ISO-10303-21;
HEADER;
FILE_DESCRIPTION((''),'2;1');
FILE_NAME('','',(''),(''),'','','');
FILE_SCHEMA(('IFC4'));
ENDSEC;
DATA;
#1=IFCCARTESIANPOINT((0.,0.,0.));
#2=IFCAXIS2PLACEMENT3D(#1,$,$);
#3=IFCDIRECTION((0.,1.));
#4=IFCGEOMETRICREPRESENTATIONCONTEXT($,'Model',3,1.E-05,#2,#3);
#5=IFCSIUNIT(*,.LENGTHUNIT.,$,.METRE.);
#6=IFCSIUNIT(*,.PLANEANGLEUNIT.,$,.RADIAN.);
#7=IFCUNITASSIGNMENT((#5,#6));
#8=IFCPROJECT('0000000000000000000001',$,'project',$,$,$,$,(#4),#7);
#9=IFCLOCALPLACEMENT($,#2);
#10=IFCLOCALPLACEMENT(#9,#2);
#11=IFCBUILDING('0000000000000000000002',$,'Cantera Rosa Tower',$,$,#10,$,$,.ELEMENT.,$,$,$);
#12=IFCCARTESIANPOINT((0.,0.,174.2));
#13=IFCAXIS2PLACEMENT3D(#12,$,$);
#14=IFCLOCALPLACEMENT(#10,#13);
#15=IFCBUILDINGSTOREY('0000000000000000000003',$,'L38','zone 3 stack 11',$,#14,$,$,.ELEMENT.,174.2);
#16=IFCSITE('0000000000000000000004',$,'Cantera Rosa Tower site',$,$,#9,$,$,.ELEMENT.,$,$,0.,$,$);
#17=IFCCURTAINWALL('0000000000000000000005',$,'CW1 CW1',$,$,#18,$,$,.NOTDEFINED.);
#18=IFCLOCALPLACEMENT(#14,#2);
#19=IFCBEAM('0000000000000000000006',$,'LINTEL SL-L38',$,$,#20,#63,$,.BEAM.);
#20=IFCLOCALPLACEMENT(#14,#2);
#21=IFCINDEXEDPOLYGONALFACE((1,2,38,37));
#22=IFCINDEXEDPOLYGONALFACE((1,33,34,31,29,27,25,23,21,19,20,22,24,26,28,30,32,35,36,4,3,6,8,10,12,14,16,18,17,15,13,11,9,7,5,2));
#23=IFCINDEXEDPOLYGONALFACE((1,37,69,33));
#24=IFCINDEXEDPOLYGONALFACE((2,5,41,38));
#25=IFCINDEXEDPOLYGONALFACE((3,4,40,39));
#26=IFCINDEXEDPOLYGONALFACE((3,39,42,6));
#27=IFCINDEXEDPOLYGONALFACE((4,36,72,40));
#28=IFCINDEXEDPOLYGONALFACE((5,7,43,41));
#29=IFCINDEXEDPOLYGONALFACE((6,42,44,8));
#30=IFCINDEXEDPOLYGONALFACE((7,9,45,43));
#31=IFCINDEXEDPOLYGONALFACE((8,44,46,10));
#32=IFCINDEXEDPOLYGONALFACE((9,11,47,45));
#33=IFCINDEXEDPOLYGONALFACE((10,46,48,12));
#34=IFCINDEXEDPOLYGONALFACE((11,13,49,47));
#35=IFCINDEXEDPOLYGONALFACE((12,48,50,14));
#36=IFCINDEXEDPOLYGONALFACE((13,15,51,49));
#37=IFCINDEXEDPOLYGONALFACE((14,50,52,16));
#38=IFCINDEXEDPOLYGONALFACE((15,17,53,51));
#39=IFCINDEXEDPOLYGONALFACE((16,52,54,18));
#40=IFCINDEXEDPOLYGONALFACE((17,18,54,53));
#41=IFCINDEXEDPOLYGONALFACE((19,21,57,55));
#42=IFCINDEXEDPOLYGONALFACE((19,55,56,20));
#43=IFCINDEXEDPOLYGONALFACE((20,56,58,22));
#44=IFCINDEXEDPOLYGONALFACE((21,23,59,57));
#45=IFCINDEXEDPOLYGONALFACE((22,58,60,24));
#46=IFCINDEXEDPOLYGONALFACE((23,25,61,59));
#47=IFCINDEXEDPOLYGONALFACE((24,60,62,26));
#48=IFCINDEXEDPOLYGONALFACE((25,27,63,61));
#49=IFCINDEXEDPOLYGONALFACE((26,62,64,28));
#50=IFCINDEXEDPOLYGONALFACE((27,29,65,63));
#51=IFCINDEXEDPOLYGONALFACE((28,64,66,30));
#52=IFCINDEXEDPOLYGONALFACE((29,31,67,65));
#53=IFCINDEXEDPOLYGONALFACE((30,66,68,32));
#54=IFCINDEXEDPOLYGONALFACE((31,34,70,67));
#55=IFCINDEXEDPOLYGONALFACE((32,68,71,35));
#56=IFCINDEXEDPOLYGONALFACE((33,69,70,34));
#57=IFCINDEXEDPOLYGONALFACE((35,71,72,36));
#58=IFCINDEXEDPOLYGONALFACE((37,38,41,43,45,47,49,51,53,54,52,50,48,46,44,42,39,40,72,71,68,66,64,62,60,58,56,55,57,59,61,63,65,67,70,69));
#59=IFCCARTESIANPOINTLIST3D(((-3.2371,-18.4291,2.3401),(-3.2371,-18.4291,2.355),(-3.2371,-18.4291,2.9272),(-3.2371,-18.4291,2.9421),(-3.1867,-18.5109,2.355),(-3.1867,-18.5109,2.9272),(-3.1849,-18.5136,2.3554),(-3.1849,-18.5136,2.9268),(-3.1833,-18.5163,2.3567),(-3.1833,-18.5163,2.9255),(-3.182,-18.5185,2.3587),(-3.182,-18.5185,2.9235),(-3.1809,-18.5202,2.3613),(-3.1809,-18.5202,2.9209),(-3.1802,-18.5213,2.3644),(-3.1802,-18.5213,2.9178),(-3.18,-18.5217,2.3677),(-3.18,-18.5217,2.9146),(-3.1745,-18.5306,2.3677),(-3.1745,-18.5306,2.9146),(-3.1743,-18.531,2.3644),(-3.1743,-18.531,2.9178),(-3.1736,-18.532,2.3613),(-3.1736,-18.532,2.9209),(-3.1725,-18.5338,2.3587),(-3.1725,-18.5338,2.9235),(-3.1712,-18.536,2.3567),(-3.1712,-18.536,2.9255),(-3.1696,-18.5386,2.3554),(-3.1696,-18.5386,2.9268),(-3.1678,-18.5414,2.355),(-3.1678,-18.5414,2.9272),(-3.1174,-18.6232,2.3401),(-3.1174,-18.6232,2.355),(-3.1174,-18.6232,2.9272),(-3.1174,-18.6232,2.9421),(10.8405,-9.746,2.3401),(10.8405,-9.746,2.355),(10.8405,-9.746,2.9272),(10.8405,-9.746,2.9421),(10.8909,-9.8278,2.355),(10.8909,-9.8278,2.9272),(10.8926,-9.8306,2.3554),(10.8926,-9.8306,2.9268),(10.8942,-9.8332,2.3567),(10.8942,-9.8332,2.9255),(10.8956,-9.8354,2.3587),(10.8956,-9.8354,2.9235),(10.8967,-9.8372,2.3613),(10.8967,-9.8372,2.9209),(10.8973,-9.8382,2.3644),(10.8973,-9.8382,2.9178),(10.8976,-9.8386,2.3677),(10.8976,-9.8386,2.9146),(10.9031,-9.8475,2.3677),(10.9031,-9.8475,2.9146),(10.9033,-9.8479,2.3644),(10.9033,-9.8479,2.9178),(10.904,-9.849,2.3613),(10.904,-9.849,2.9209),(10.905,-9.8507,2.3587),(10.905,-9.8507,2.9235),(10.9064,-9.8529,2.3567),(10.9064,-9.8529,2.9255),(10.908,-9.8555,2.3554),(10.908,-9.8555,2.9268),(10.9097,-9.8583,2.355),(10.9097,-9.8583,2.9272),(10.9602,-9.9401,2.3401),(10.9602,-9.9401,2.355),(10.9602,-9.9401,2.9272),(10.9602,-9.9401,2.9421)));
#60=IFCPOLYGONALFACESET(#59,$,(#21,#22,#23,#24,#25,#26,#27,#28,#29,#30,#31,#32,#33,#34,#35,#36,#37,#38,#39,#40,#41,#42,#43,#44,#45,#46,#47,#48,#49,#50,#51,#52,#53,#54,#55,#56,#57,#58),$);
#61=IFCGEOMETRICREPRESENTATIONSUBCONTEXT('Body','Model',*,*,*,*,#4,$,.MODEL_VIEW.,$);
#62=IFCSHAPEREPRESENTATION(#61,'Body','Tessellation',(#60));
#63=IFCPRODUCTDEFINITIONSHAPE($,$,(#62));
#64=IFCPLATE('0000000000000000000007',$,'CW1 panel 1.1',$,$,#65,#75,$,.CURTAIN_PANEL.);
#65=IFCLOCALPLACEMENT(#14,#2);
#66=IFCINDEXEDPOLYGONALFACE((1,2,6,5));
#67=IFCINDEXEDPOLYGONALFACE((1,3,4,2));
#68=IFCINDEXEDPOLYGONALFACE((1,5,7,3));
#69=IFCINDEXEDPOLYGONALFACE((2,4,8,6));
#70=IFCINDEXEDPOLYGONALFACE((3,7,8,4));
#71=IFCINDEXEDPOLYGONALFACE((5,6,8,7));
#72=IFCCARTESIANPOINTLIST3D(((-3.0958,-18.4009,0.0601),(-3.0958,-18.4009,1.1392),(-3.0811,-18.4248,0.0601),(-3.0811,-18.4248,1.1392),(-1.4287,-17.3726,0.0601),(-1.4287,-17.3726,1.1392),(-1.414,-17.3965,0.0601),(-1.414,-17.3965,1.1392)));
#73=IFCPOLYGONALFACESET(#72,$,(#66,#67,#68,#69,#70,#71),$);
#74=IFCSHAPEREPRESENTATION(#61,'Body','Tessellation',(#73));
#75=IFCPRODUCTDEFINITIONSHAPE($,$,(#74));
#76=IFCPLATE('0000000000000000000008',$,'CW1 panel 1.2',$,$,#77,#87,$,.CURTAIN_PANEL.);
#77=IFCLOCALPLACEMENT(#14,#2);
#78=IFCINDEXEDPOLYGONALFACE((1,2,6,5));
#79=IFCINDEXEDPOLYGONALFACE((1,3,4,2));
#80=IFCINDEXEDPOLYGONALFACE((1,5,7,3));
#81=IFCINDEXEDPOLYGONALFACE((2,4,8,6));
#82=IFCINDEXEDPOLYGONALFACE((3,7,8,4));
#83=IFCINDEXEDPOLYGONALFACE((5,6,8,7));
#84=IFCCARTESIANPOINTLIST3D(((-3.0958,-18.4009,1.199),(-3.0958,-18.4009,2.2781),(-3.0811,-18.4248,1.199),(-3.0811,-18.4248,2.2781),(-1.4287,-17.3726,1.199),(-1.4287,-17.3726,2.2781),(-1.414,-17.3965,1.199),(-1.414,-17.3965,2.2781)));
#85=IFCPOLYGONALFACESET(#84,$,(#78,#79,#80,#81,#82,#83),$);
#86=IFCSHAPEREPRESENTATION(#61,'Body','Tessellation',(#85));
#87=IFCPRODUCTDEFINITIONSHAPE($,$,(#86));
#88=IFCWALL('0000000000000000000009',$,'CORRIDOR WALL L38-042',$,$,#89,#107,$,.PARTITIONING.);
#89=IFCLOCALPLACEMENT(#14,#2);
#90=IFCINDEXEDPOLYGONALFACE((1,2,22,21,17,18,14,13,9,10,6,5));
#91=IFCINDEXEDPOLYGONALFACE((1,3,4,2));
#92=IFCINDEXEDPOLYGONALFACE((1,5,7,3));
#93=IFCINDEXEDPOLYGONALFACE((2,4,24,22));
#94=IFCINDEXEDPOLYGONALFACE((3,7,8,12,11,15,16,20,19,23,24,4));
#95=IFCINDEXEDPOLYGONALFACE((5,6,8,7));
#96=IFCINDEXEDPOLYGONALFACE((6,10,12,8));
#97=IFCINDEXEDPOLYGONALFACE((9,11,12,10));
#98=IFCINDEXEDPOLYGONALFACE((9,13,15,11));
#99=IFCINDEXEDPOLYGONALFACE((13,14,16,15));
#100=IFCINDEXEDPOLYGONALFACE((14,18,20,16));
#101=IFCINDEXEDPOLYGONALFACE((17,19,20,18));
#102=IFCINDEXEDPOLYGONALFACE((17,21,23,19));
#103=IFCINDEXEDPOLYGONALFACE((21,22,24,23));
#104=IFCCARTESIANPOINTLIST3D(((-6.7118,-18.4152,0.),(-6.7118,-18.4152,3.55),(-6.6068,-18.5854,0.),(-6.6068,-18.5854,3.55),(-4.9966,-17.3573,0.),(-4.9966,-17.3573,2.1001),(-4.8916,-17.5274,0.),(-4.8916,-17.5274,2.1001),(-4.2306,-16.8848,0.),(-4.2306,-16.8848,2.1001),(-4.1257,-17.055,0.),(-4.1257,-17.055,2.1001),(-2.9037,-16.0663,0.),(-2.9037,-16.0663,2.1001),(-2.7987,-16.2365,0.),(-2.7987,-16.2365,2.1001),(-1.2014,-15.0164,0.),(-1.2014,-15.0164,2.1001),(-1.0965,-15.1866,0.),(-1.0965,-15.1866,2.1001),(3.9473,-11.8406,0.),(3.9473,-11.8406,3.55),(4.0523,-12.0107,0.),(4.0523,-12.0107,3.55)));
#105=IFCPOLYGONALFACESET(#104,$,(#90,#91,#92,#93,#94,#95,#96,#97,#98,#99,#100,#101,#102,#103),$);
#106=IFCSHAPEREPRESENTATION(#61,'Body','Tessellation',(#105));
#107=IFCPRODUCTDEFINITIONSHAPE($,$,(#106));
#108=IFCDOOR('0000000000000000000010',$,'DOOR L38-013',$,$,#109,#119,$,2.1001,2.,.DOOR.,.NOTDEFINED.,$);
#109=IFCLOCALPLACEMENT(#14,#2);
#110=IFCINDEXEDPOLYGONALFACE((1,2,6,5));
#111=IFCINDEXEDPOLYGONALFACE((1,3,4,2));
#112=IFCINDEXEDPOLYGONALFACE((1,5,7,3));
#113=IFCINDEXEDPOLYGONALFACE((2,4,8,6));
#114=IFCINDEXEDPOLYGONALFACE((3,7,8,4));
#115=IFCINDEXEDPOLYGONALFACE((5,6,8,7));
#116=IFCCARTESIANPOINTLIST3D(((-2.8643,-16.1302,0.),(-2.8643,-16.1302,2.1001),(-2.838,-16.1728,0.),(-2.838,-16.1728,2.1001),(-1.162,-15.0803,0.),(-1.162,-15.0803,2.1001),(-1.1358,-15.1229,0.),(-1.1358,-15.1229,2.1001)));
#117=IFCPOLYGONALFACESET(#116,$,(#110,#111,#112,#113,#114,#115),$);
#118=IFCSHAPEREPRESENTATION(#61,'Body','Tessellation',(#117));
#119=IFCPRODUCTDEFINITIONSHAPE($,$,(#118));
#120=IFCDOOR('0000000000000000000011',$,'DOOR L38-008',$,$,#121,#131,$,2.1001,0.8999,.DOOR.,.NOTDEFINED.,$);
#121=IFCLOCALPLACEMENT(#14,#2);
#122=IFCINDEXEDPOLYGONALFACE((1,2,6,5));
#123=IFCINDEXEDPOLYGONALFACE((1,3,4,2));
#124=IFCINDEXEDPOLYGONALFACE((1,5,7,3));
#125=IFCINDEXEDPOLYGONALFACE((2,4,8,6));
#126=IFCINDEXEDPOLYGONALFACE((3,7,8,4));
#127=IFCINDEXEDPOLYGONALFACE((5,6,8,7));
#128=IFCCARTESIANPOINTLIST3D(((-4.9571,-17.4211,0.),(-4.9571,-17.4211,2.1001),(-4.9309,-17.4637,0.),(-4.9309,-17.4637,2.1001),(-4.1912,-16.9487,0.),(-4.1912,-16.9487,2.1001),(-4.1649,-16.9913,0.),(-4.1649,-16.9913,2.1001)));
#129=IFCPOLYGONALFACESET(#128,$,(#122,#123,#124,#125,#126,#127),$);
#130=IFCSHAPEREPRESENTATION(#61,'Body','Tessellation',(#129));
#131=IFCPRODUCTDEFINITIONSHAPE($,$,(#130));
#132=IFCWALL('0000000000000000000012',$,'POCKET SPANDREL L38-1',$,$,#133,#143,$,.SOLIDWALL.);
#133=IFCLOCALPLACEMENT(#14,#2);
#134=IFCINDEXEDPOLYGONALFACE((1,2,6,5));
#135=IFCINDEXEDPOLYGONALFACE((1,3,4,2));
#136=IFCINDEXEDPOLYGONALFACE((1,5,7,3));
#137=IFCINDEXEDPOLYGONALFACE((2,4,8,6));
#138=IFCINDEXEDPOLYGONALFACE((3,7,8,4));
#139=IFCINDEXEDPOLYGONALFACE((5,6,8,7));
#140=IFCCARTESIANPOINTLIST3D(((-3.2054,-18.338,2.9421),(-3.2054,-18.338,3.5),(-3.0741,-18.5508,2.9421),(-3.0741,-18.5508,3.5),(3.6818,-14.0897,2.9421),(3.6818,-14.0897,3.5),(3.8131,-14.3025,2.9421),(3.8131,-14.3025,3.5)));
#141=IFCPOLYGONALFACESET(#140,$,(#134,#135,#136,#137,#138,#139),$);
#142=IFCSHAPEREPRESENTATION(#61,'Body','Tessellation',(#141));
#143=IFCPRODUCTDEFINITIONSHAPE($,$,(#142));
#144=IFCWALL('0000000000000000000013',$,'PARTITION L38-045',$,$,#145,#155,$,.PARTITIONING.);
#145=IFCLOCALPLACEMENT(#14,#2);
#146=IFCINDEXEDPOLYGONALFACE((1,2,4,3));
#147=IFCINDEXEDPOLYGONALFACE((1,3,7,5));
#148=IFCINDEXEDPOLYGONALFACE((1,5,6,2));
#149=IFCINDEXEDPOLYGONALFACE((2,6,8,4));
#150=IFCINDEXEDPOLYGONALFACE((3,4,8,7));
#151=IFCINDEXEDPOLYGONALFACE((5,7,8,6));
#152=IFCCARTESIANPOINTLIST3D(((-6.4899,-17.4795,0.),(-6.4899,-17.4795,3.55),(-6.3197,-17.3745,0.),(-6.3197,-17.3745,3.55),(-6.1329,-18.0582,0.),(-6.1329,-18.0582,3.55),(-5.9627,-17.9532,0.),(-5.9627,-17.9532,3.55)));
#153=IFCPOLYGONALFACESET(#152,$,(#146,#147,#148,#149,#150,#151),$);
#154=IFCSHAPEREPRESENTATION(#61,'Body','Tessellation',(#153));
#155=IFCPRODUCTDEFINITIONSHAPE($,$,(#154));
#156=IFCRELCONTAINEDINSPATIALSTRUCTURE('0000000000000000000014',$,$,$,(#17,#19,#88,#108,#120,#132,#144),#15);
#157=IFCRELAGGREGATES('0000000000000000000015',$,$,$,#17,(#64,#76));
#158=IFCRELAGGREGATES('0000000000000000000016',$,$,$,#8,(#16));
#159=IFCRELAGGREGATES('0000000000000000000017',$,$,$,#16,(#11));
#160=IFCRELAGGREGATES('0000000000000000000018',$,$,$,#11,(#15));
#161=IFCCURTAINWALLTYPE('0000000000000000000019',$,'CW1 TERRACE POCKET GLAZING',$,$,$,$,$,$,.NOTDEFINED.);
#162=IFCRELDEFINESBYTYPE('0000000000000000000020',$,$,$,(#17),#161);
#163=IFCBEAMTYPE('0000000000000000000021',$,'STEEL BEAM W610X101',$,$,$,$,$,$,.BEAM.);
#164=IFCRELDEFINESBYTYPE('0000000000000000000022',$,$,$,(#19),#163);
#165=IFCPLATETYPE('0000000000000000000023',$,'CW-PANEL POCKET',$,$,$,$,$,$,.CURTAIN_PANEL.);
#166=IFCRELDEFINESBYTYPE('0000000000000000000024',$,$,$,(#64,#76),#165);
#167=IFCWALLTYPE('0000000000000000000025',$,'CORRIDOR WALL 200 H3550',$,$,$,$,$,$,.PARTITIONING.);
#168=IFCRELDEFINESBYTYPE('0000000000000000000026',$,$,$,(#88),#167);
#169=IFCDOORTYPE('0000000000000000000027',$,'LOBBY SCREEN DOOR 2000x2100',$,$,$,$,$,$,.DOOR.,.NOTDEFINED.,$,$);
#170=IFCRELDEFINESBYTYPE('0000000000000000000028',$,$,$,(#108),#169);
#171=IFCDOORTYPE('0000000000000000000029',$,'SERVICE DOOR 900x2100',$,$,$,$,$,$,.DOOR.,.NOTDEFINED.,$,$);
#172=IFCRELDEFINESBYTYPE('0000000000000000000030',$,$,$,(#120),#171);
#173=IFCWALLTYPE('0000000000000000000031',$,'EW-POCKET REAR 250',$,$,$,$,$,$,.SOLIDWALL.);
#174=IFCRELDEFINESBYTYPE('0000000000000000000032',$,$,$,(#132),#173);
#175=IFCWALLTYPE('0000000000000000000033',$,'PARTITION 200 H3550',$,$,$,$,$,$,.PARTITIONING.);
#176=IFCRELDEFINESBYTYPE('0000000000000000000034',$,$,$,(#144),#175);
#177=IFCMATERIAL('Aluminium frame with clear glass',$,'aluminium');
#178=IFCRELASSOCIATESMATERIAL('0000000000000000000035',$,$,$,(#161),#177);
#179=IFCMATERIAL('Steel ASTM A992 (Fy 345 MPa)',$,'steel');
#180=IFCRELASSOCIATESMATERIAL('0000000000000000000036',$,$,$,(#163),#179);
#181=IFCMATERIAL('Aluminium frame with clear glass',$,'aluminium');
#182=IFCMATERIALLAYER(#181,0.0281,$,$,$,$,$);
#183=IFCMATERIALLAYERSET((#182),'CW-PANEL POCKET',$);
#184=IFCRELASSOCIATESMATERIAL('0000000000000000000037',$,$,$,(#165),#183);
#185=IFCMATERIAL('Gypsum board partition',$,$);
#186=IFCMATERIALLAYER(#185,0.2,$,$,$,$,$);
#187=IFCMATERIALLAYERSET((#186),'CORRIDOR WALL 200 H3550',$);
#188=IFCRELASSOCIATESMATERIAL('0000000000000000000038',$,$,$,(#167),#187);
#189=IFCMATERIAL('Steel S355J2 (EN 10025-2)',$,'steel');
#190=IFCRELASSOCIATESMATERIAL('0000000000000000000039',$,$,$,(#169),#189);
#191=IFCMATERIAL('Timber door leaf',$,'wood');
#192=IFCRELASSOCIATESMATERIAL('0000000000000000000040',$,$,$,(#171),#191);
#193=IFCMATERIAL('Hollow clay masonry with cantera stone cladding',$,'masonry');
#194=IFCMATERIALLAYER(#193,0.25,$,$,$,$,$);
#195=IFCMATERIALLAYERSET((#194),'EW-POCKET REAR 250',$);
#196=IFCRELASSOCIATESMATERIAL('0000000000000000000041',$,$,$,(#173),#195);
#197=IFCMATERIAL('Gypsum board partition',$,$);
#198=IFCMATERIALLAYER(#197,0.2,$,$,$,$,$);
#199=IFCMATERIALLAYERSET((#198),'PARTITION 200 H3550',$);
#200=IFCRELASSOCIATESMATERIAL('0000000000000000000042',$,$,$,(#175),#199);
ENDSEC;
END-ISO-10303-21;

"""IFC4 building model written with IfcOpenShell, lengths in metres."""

from ifc_helpers import new_model, si_unit, direction, frame, frame_2d, origin, origin_2d, place, context, subcontext, project, spatial, rectangle, i_section, extrude, material, layer, layer_set, material_profile, profile_set, type_object, element, fill, aggregate, save


model = new_model("IFC4")

# Units and contexts
model_context = context("Model", 3, precision=1e-05, world=origin(), true_north=direction((0.0, 1.0)))
body_context = subcontext(model_context, "Body", "Model", "MODEL_VIEW")
ifc_project = project(units=[si_unit("LENGTHUNIT", "METRE"), si_unit("PLANEANGLEUNIT", "RADIAN")], contexts=[model_context])

# Site, building, storey
site_placement = place(None, origin())
site = spatial("IfcSite", under=ifc_project, at=site_placement, Name="Cantera Rosa Tower site", CompositionType="ELEMENT", RefElevation=0.0)
building_placement = place(site_placement, origin())
building = spatial("IfcBuilding", under=site, at=building_placement, Name="Cantera Rosa Tower", CompositionType="ELEMENT")
storey_placement = place(building_placement, frame((0.0, 0.0, 174.2)))
storey = spatial("IfcBuildingStorey", under=building, at=storey_placement, Name="L38", Description="zone 3 stack 11", CompositionType="ELEMENT", Elevation=174.2)

# Curtain wall
ifc_material_1 = material(Name="Aluminium frame with clear glass", Category="aluminium")
curtain_wall_type = type_object("IfcCurtainWallType", Name="CW1 TERRACE POCKET GLAZING", PredefinedType="NOTDEFINED", material=ifc_material_1)
curtain_wall_placement = place(storey_placement, origin())
curtain_wall = element("IfcCurtainWall", 1, at=curtain_wall_placement, inside=storey, type_object=curtain_wall_type, Name="CW1 CW1", PredefinedType="NOTDEFINED")

# Beam
ifc_material_2 = material(Name="Steel ASTM A992 (Fy 345 MPa)", Category="steel")
ifc_material_profile_1 = material_profile(ifc_material_2, i_section(OverallWidth=0.228, OverallDepth=0.6021, WebThickness=0.0105, FlangeThickness=0.0149, FilletRadius=0.0127, at=origin_2d()), Name="W610X101")
ifc_profile_set_1 = profile_set([ifc_material_profile_1], Name="Steel ASTM A992 (Fy 345 MPa)")
beam_type_1 = type_object("IfcBeamType", Name="STEEL BEAM W610X101", PredefinedType="BEAM", material=ifc_profile_set_1)
beam_1_placement = place(storey_placement, frame((-3.1772, -18.5261, 2.6411), z_axis=(0.85112, 0.524972, 0.0), x_axis=(-0.524972, 0.85112, 0.0)))
element("IfcBeam", 2, at=beam_1_placement, inside=storey, type_object=beam_type_1, Name="LINTEL SL-L38", PredefinedType="BEAM", context=body_context, shape_type="SweptSolid", body=[
    extrude(i_section(OverallWidth=0.228, OverallDepth=0.6021, WebThickness=0.0105, FlangeThickness=0.0149, FilletRadius=0.0127, at=origin_2d()), origin(), (0.0, 0.0, 1.0), 16.54),
])

# Plates
ifc_material_3 = material(Name="Aluminium frame with clear glass", Category="aluminium")
ifc_layer_1 = layer(ifc_material_3, 0.0281)
ifc_layer_set_1 = layer_set([ifc_layer_1], Name="CW-PANEL POCKET")
plate_type = type_object("IfcPlateType", Name="CW-PANEL POCKET", PredefinedType="CURTAIN_PANEL", material=ifc_layer_set_1)
plate_1_placement = place(storey_placement, frame((-2.2549, -17.8987, 0.0601), z_axis=(0.0, 0.0, 1.0), x_axis=(0.851117, 0.524977, 0.0)))
plate_1 = element("IfcPlate", 3, at=plate_1_placement, type_object=plate_type, Name="CW1 panel 1.1", PredefinedType="CURTAIN_PANEL", context=body_context, shape_type="SweptSolid", body=[
    extrude(rectangle(XDim=1.9587, YDim=0.0281, at=origin_2d()), origin(), (0.0, 0.0, 1.0), 1.0791),
])
plate_2_placement = place(storey_placement, frame((-2.2549, -17.8987, 1.199), z_axis=(0.0, 0.0, 1.0), x_axis=(0.851117, 0.524977, 0.0)))
plate_2 = element("IfcPlate", 4, at=plate_2_placement, type_object=plate_type, Name="CW1 panel 1.2", PredefinedType="CURTAIN_PANEL", context=body_context, shape_type="SweptSolid", body=[
    extrude(rectangle(XDim=1.9587, YDim=0.0281, at=origin_2d()), origin(), (0.0, 0.0, 1.0), 1.0791),
])
aggregate(curtain_wall, [plate_1, plate_2])

# Wall, openings, doors
ifc_material_4 = material(Name="Gypsum board partition")
ifc_layer_2 = layer(ifc_material_4, 0.2)
ifc_layer_set_2 = layer_set([ifc_layer_2], Name="CORRIDOR WALL 200 H3550")
wall_type_1 = type_object("IfcWallType", Name="CORRIDOR WALL 200 H3550", PredefinedType="PARTITIONING", material=ifc_layer_set_2)
wall_1_placement = place(storey_placement, frame((-6.6592, -18.5002, 0.0), z_axis=(0.0, 0.0, 1.0), x_axis=(0.851116, 0.524978, 0.0)))
wall_1 = element("IfcWall", 5, at=wall_1_placement, inside=storey, type_object=wall_type_1, Name="CORRIDOR WALL L38-042", PredefinedType="PARTITIONING", context=body_context, shape_type="SweptSolid", body=[
    extrude(rectangle(XDim=12.5237, YDim=0.2, at=frame_2d((6.2617, 0.0))), origin(), (0.0, 0.0, 1.0), 3.55),
])
opening_1_placement = place(wall_1_placement, frame((2.0151, 0.0, 0.0)))
opening_1 = element("IfcOpeningElement", 6, at=opening_1_placement, cuts=wall_1, PredefinedType="OPENING", context=body_context, shape_type="SweptSolid", body=[
    extrude(rectangle(XDim=0.8999, YDim=2.1001, at=frame_2d((0.45, 1.05))), frame((0.0, 0.1099, 0.0), z_axis=(0.0, -1.0, 0.0), x_axis=(1.0, 0.0, 0.0)), (0.0, 0.0, 1.0), 0.22),
])
opening_2_placement = place(wall_1_placement, frame((4.4741, 0.0, 0.0)))
opening_2 = element("IfcOpeningElement", 7, at=opening_2_placement, cuts=wall_1, PredefinedType="OPENING", context=body_context, shape_type="SweptSolid", body=[
    extrude(rectangle(XDim=2.0, YDim=2.1001, at=frame_2d((1.0, 1.05))), frame((0.0, 0.1099, 0.0), z_axis=(0.0, -1.0, 0.0), x_axis=(1.0, 0.0, 0.0)), (0.0, 0.0, 1.0), 0.22),
])
ifc_material_5 = material(Name="Steel S355J2 (EN 10025-2)", Category="steel")
door_type_1 = type_object("IfcDoorType", Name="LOBBY SCREEN DOOR 2000x2100", OperationType="NOTDEFINED", PredefinedType="DOOR", material=ifc_material_5)
door_1_placement = place(opening_2_placement, origin())
door_1 = element("IfcDoor", 8, at=door_1_placement, inside=storey, type_object=door_type_1, Name="DOOR L38-013", OperationType="NOTDEFINED", OverallHeight=2.1001, OverallWidth=2.0, PredefinedType="DOOR", context=body_context, shape_type="SweptSolid", body=[
    extrude(rectangle(XDim=2.0, YDim=2.1001, at=frame_2d((1.0, 1.05))), frame((0.0, 0.0249, 0.0), z_axis=(0.0, -1.0, 0.0), x_axis=(1.0, 0.0, 0.0)), (0.0, 0.0, 1.0), 0.05),
])
fill(opening_2, door_1)
ifc_material_6 = material(Name="Timber door leaf", Category="wood")
door_type_2 = type_object("IfcDoorType", Name="SERVICE DOOR 900x2100", OperationType="NOTDEFINED", PredefinedType="DOOR", material=ifc_material_6)
door_2_placement = place(opening_1_placement, origin())
door_2 = element("IfcDoor", 9, at=door_2_placement, inside=storey, type_object=door_type_2, Name="DOOR L38-008", OperationType="NOTDEFINED", OverallHeight=2.1001, OverallWidth=0.8999, PredefinedType="DOOR", context=body_context, shape_type="SweptSolid", body=[
    extrude(rectangle(XDim=0.8999, YDim=2.1001, at=frame_2d((0.45, 1.05))), frame((0.0, 0.0249, 0.0), z_axis=(0.0, -1.0, 0.0), x_axis=(1.0, 0.0, 0.0)), (0.0, 0.0, 1.0), 0.05),
])
fill(opening_1, door_2)

# Walls
ifc_material_7 = material(Name="Hollow clay masonry with cantera stone cladding", Category="masonry")
ifc_layer_3 = layer(ifc_material_7, 0.25)
ifc_layer_set_3 = layer_set([ifc_layer_3], Name="EW-POCKET REAR 250")
wall_type_2 = type_object("IfcWallType", Name="EW-POCKET REAR 250", PredefinedType="SOLIDWALL", material=ifc_layer_set_3)
wall_2_placement = place(storey_placement, frame((-3.1396, -18.4443, 2.9421), z_axis=(0.0, 0.0, 1.0), x_axis=(0.851106, 0.524994, 0.0)))
element("IfcWall", 10, at=wall_2_placement, inside=storey, type_object=wall_type_2, Name="POCKET SPANDREL L38-1", PredefinedType="SOLIDWALL", context=body_context, shape_type="SweptSolid", body=[
    extrude(rectangle(XDim=8.092, YDim=0.25, at=frame_2d((4.0459, 0.0))), origin(), (0.0, 0.0, 1.0), 0.5579),
])
ifc_material_8 = material(Name="Gypsum board partition")
ifc_layer_4 = layer(ifc_material_8, 0.2)
ifc_layer_set_4 = layer_set([ifc_layer_4], Name="PARTITION 200 H3550")
wall_type_3 = type_object("IfcWallType", Name="PARTITION 200 H3550", PredefinedType="PARTITIONING", material=ifc_layer_set_4)
wall_3_placement = place(storey_placement, frame((-6.0479, -18.0056, 0.0), z_axis=(0.0, 0.0, 1.0), x_axis=(-0.525019, 0.851091, 0.0)))
element("IfcWall", 11, at=wall_3_placement, inside=storey, type_object=wall_type_3, Name="PARTITION L38-045", PredefinedType="PARTITIONING", context=body_context, shape_type="SweptSolid", body=[
    extrude(rectangle(XDim=0.6799, YDim=0.2, at=frame_2d((0.3398, 0.0))), origin(), (0.0, 0.0, 1.0), 3.55),
])

save(model, "model.ifc")
